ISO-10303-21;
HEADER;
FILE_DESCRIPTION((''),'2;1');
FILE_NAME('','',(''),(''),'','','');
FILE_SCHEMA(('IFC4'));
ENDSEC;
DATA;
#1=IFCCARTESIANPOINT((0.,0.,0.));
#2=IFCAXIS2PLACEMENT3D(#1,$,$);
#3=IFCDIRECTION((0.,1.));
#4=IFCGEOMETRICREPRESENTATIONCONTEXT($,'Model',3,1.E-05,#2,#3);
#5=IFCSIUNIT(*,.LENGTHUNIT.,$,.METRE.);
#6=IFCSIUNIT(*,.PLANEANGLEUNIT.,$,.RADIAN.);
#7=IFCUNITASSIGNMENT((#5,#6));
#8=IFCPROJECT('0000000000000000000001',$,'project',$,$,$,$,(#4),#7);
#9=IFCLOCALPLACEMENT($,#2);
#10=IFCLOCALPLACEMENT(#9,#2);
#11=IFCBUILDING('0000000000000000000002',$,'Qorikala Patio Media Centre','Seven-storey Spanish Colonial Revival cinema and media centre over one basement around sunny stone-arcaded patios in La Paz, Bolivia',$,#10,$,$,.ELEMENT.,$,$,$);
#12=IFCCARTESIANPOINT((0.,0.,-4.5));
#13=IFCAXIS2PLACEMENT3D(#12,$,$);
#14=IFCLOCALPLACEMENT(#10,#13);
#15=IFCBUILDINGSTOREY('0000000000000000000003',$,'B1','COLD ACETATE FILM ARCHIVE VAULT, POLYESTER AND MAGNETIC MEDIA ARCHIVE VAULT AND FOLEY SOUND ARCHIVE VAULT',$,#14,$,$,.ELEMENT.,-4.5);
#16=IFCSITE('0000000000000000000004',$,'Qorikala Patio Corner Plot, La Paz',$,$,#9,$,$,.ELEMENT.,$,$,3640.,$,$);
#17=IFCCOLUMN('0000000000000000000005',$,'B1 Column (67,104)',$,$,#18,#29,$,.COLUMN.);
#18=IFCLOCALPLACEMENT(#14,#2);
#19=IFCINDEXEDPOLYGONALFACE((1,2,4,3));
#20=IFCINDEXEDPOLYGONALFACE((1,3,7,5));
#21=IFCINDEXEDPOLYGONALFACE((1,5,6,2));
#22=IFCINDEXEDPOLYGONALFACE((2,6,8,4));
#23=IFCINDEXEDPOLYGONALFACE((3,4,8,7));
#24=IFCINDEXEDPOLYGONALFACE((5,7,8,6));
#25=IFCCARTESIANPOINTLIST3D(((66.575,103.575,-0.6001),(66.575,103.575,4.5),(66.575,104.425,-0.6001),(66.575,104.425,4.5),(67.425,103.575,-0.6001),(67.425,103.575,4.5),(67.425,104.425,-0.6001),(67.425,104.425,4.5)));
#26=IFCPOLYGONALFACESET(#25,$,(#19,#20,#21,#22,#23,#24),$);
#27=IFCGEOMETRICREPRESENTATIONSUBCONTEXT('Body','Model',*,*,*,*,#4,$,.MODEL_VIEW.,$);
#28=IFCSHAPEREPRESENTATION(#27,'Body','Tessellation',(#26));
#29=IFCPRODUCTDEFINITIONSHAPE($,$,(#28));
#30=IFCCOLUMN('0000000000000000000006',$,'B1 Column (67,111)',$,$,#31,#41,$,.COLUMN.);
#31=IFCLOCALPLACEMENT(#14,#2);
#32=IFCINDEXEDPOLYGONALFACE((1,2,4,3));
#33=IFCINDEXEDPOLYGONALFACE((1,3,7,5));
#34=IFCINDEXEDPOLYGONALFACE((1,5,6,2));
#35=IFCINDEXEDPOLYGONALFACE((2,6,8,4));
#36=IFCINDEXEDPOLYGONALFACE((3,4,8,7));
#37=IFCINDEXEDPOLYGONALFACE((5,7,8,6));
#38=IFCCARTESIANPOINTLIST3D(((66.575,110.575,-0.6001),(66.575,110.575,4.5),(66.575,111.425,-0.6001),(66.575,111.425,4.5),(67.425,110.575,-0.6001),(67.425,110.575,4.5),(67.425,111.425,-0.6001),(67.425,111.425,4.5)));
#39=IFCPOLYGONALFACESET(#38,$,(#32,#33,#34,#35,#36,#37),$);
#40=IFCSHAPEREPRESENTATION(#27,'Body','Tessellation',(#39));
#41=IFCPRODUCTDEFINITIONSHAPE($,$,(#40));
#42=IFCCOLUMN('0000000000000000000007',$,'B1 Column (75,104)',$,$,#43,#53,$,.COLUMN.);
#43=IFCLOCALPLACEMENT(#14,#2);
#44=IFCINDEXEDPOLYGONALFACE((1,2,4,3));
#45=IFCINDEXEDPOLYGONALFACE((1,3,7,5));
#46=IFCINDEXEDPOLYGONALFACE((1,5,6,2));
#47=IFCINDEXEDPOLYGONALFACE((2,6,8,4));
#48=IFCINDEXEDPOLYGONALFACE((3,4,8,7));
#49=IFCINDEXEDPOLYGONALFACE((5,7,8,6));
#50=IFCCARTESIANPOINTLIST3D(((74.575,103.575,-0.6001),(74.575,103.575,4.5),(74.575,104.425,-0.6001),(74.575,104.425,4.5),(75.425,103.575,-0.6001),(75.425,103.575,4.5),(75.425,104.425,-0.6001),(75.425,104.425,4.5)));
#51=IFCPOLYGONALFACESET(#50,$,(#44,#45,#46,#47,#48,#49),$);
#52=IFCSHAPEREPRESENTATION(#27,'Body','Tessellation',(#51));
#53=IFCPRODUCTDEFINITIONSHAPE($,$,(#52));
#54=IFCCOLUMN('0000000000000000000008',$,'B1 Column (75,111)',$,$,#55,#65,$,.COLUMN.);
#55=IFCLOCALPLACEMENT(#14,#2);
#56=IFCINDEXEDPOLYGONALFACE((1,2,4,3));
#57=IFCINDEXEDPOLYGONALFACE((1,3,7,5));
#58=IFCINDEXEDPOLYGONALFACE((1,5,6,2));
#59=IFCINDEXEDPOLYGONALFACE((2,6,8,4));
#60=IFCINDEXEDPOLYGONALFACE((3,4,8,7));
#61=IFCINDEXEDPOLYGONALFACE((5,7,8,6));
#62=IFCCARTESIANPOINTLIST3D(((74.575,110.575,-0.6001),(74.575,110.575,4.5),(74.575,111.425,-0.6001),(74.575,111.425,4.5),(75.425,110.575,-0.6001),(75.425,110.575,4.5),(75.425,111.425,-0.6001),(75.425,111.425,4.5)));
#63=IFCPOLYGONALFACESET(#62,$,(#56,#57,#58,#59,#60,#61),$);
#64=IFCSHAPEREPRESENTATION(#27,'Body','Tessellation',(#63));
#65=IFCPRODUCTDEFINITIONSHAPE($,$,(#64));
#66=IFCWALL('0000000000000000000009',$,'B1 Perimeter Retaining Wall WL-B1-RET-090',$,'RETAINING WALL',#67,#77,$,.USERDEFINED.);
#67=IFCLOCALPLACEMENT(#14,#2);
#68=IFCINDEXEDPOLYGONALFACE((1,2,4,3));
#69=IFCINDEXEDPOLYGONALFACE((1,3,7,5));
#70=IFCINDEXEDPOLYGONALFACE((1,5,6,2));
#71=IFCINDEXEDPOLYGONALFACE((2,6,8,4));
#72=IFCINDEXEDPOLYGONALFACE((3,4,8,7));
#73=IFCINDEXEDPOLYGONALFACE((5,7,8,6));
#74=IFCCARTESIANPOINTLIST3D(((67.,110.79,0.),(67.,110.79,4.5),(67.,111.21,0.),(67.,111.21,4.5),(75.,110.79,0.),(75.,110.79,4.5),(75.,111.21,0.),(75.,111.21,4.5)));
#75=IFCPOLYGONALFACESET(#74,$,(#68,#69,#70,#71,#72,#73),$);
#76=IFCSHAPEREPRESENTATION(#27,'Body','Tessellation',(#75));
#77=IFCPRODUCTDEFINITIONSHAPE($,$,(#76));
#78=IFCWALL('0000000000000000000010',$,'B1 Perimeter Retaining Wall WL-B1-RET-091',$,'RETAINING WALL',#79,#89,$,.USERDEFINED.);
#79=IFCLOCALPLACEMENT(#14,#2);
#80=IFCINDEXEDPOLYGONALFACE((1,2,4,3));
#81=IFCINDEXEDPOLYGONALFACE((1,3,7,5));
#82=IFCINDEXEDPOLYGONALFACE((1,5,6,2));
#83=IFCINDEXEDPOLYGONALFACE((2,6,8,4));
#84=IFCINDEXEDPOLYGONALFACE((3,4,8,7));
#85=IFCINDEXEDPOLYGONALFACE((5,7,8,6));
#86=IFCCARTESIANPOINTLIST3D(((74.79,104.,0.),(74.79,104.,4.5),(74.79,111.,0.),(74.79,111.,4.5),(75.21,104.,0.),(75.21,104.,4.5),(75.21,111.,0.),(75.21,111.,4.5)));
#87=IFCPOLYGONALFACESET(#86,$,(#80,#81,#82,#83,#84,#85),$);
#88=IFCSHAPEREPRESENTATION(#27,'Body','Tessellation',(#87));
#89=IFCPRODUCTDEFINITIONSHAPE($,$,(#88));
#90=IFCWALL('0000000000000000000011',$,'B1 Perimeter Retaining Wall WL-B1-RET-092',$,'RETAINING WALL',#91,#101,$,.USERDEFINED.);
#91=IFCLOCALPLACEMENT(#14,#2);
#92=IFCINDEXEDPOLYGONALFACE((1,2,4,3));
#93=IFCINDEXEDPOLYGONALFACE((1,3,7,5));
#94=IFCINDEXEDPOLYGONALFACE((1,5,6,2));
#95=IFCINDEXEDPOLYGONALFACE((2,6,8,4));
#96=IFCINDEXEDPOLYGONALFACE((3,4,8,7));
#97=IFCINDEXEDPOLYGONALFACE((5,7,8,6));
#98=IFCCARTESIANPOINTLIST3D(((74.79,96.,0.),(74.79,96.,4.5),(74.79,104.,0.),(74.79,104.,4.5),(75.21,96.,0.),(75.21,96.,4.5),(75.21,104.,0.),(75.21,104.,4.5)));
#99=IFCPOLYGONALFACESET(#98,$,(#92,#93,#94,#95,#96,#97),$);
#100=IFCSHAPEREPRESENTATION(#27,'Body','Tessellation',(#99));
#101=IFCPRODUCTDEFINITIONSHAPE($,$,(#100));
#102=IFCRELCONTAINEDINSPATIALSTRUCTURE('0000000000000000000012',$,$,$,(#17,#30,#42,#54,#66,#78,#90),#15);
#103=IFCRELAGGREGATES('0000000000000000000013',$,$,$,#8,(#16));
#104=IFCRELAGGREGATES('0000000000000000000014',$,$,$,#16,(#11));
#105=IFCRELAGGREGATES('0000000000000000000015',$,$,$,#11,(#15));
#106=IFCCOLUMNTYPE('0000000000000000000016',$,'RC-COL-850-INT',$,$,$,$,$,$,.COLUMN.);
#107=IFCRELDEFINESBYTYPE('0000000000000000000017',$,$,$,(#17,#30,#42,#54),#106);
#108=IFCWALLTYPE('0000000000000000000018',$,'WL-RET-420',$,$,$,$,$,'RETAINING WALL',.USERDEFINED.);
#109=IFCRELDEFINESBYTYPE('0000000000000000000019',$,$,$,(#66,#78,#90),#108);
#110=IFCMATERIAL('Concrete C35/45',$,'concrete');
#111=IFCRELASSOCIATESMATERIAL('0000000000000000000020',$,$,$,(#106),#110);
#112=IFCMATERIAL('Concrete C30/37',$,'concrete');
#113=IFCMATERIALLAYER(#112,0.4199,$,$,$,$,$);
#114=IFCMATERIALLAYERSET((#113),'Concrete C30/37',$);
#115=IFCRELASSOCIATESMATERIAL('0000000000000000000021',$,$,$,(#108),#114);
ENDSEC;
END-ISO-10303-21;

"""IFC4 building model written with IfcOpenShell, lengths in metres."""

from ifc_helpers import new_model, si_unit, direction, frame, frame_2d, origin, origin_2d, place, context, subcontext, project, spatial, rectangle, extrude, material, layer, layer_set, material_profile, profile_set, type_object, element, save


model = new_model("IFC4")

# Units and contexts
model_context = context("Model", 3, precision=1e-05, world=origin(), true_north=direction((0.0, 1.0)))
body_context = subcontext(model_context, "Body", "Model", "MODEL_VIEW")
ifc_project = project(units=[si_unit("LENGTHUNIT", "METRE"), si_unit("PLANEANGLEUNIT", "RADIAN")], contexts=[model_context])

# Site, building, storey
site_placement = place(None, origin())
site = spatial("IfcSite", under=ifc_project, at=site_placement, Name="Qorikala Patio Corner Plot, La Paz", CompositionType="ELEMENT", RefElevation=3640.0)
building_placement = place(site_placement, origin())
building = spatial("IfcBuilding", under=site, at=building_placement, Name="Qorikala Patio Media Centre", Description="Seven-storey Spanish Colonial Revival cinema and media centre over one basement around sunny stone-arcaded patios in La Paz, Bolivia", CompositionType="ELEMENT")
storey_placement = place(building_placement, frame((0.0, 0.0, -4.5)))
storey = spatial("IfcBuildingStorey", under=building, at=storey_placement, Name="B1", Description="COLD ACETATE FILM ARCHIVE VAULT, POLYESTER AND MAGNETIC MEDIA ARCHIVE VAULT AND FOLEY SOUND ARCHIVE VAULT", CompositionType="ELEMENT", Elevation=-4.5)

# Shared definitions
ifc_material_1 = material(Name="Concrete C30/37", Category="concrete")

# Columns
ifc_material_2 = material(Name="Concrete C35/45", Category="concrete")
ifc_material_profile_1 = material_profile(ifc_material_2, rectangle(XDim=0.8501, YDim=0.8501, at=origin_2d()), Name="RC 850x850")
ifc_profile_set_1 = profile_set([ifc_material_profile_1], Name="Concrete C35/45")
column_type = type_object("IfcColumnType", Name="RC-COL-850-INT", PredefinedType="COLUMN", material=ifc_profile_set_1)
for number, where, z_axis, x_axis, name in (
    (1, (67.0, 104.0, -0.6001), (0.0, 0.0, 1.0), (1.0, 0.0, 0.0), "B1 Column (67,104)"),
    (2, (67.0, 111.0, -0.6001), (0.0, 0.0, 1.0), (1.0, 0.0, 0.0), "B1 Column (67,111)"),
    (3, (75.0, 104.0, -0.6001), (0.0, 0.0, 1.0), (1.0, 0.0, 0.0), "B1 Column (75,104)"),
    (4, (75.0, 111.0, -0.6001), (0.0, 0.0, 1.0), (1.0, 0.0, 0.0), "B1 Column (75,111)"),
):
    element("IfcColumn", number, at=place(storey_placement, frame(where, z_axis=z_axis, x_axis=x_axis)), inside=storey, type_object=column_type, Name=name, PredefinedType="COLUMN", context=body_context, shape_type="SweptSolid", body=[
        extrude(rectangle(XDim=0.8501, YDim=0.8501, at=origin_2d()), origin(), (0.0, 0.0, 1.0), 5.1001),
    ])

# Walls
ifc_layer_1 = layer(ifc_material_1, 0.4199)
ifc_layer_set_1 = layer_set([ifc_layer_1], Name="Concrete C30/37")
wall_type = type_object("IfcWallType", Name="WL-RET-420", ElementType="RETAINING WALL", PredefinedType="USERDEFINED", material=ifc_layer_set_1)
wall_1_placement = place(storey_placement, frame((67.0, 111.0, 0.0), z_axis=(0.0, 0.0, 1.0), x_axis=(1.0, 0.0, 0.0)))
element("IfcWall", 5, at=wall_1_placement, inside=storey, type_object=wall_type, Name="B1 Perimeter Retaining Wall WL-B1-RET-090", ObjectType="RETAINING WALL", PredefinedType="USERDEFINED", context=body_context, shape_type="SweptSolid", body=[
    extrude(rectangle(XDim=8.0, YDim=0.4199, at=frame_2d((4.0, 0.0))), origin(), (0.0, 0.0, 1.0), 4.5),
])
wall_2_placement = place(storey_placement, frame((75.0, 111.0, 0.0), z_axis=(0.0, 0.0, 1.0), x_axis=(0.0, -1.0, 0.0)))
element("IfcWall", 6, at=wall_2_placement, inside=storey, type_object=wall_type, Name="B1 Perimeter Retaining Wall WL-B1-RET-091", ObjectType="RETAINING WALL", PredefinedType="USERDEFINED", context=body_context, shape_type="SweptSolid", body=[
    extrude(rectangle(XDim=7.0, YDim=0.4199, at=frame_2d((3.5, 0.0))), origin(), (0.0, 0.0, 1.0), 4.5),
])
wall_3_placement = place(storey_placement, frame((75.0, 104.0, 0.0), z_axis=(0.0, 0.0, 1.0), x_axis=(0.0, -1.0, 0.0)))
element("IfcWall", 7, at=wall_3_placement, inside=storey, type_object=wall_type, Name="B1 Perimeter Retaining Wall WL-B1-RET-092", ObjectType="RETAINING WALL", PredefinedType="USERDEFINED", context=body_context, shape_type="SweptSolid", body=[
    extrude(rectangle(XDim=8.0, YDim=0.4199, at=frame_2d((4.0, 0.0))), origin(), (0.0, 0.0, 1.0), 4.5),
])

save(model, "model.ifc")
